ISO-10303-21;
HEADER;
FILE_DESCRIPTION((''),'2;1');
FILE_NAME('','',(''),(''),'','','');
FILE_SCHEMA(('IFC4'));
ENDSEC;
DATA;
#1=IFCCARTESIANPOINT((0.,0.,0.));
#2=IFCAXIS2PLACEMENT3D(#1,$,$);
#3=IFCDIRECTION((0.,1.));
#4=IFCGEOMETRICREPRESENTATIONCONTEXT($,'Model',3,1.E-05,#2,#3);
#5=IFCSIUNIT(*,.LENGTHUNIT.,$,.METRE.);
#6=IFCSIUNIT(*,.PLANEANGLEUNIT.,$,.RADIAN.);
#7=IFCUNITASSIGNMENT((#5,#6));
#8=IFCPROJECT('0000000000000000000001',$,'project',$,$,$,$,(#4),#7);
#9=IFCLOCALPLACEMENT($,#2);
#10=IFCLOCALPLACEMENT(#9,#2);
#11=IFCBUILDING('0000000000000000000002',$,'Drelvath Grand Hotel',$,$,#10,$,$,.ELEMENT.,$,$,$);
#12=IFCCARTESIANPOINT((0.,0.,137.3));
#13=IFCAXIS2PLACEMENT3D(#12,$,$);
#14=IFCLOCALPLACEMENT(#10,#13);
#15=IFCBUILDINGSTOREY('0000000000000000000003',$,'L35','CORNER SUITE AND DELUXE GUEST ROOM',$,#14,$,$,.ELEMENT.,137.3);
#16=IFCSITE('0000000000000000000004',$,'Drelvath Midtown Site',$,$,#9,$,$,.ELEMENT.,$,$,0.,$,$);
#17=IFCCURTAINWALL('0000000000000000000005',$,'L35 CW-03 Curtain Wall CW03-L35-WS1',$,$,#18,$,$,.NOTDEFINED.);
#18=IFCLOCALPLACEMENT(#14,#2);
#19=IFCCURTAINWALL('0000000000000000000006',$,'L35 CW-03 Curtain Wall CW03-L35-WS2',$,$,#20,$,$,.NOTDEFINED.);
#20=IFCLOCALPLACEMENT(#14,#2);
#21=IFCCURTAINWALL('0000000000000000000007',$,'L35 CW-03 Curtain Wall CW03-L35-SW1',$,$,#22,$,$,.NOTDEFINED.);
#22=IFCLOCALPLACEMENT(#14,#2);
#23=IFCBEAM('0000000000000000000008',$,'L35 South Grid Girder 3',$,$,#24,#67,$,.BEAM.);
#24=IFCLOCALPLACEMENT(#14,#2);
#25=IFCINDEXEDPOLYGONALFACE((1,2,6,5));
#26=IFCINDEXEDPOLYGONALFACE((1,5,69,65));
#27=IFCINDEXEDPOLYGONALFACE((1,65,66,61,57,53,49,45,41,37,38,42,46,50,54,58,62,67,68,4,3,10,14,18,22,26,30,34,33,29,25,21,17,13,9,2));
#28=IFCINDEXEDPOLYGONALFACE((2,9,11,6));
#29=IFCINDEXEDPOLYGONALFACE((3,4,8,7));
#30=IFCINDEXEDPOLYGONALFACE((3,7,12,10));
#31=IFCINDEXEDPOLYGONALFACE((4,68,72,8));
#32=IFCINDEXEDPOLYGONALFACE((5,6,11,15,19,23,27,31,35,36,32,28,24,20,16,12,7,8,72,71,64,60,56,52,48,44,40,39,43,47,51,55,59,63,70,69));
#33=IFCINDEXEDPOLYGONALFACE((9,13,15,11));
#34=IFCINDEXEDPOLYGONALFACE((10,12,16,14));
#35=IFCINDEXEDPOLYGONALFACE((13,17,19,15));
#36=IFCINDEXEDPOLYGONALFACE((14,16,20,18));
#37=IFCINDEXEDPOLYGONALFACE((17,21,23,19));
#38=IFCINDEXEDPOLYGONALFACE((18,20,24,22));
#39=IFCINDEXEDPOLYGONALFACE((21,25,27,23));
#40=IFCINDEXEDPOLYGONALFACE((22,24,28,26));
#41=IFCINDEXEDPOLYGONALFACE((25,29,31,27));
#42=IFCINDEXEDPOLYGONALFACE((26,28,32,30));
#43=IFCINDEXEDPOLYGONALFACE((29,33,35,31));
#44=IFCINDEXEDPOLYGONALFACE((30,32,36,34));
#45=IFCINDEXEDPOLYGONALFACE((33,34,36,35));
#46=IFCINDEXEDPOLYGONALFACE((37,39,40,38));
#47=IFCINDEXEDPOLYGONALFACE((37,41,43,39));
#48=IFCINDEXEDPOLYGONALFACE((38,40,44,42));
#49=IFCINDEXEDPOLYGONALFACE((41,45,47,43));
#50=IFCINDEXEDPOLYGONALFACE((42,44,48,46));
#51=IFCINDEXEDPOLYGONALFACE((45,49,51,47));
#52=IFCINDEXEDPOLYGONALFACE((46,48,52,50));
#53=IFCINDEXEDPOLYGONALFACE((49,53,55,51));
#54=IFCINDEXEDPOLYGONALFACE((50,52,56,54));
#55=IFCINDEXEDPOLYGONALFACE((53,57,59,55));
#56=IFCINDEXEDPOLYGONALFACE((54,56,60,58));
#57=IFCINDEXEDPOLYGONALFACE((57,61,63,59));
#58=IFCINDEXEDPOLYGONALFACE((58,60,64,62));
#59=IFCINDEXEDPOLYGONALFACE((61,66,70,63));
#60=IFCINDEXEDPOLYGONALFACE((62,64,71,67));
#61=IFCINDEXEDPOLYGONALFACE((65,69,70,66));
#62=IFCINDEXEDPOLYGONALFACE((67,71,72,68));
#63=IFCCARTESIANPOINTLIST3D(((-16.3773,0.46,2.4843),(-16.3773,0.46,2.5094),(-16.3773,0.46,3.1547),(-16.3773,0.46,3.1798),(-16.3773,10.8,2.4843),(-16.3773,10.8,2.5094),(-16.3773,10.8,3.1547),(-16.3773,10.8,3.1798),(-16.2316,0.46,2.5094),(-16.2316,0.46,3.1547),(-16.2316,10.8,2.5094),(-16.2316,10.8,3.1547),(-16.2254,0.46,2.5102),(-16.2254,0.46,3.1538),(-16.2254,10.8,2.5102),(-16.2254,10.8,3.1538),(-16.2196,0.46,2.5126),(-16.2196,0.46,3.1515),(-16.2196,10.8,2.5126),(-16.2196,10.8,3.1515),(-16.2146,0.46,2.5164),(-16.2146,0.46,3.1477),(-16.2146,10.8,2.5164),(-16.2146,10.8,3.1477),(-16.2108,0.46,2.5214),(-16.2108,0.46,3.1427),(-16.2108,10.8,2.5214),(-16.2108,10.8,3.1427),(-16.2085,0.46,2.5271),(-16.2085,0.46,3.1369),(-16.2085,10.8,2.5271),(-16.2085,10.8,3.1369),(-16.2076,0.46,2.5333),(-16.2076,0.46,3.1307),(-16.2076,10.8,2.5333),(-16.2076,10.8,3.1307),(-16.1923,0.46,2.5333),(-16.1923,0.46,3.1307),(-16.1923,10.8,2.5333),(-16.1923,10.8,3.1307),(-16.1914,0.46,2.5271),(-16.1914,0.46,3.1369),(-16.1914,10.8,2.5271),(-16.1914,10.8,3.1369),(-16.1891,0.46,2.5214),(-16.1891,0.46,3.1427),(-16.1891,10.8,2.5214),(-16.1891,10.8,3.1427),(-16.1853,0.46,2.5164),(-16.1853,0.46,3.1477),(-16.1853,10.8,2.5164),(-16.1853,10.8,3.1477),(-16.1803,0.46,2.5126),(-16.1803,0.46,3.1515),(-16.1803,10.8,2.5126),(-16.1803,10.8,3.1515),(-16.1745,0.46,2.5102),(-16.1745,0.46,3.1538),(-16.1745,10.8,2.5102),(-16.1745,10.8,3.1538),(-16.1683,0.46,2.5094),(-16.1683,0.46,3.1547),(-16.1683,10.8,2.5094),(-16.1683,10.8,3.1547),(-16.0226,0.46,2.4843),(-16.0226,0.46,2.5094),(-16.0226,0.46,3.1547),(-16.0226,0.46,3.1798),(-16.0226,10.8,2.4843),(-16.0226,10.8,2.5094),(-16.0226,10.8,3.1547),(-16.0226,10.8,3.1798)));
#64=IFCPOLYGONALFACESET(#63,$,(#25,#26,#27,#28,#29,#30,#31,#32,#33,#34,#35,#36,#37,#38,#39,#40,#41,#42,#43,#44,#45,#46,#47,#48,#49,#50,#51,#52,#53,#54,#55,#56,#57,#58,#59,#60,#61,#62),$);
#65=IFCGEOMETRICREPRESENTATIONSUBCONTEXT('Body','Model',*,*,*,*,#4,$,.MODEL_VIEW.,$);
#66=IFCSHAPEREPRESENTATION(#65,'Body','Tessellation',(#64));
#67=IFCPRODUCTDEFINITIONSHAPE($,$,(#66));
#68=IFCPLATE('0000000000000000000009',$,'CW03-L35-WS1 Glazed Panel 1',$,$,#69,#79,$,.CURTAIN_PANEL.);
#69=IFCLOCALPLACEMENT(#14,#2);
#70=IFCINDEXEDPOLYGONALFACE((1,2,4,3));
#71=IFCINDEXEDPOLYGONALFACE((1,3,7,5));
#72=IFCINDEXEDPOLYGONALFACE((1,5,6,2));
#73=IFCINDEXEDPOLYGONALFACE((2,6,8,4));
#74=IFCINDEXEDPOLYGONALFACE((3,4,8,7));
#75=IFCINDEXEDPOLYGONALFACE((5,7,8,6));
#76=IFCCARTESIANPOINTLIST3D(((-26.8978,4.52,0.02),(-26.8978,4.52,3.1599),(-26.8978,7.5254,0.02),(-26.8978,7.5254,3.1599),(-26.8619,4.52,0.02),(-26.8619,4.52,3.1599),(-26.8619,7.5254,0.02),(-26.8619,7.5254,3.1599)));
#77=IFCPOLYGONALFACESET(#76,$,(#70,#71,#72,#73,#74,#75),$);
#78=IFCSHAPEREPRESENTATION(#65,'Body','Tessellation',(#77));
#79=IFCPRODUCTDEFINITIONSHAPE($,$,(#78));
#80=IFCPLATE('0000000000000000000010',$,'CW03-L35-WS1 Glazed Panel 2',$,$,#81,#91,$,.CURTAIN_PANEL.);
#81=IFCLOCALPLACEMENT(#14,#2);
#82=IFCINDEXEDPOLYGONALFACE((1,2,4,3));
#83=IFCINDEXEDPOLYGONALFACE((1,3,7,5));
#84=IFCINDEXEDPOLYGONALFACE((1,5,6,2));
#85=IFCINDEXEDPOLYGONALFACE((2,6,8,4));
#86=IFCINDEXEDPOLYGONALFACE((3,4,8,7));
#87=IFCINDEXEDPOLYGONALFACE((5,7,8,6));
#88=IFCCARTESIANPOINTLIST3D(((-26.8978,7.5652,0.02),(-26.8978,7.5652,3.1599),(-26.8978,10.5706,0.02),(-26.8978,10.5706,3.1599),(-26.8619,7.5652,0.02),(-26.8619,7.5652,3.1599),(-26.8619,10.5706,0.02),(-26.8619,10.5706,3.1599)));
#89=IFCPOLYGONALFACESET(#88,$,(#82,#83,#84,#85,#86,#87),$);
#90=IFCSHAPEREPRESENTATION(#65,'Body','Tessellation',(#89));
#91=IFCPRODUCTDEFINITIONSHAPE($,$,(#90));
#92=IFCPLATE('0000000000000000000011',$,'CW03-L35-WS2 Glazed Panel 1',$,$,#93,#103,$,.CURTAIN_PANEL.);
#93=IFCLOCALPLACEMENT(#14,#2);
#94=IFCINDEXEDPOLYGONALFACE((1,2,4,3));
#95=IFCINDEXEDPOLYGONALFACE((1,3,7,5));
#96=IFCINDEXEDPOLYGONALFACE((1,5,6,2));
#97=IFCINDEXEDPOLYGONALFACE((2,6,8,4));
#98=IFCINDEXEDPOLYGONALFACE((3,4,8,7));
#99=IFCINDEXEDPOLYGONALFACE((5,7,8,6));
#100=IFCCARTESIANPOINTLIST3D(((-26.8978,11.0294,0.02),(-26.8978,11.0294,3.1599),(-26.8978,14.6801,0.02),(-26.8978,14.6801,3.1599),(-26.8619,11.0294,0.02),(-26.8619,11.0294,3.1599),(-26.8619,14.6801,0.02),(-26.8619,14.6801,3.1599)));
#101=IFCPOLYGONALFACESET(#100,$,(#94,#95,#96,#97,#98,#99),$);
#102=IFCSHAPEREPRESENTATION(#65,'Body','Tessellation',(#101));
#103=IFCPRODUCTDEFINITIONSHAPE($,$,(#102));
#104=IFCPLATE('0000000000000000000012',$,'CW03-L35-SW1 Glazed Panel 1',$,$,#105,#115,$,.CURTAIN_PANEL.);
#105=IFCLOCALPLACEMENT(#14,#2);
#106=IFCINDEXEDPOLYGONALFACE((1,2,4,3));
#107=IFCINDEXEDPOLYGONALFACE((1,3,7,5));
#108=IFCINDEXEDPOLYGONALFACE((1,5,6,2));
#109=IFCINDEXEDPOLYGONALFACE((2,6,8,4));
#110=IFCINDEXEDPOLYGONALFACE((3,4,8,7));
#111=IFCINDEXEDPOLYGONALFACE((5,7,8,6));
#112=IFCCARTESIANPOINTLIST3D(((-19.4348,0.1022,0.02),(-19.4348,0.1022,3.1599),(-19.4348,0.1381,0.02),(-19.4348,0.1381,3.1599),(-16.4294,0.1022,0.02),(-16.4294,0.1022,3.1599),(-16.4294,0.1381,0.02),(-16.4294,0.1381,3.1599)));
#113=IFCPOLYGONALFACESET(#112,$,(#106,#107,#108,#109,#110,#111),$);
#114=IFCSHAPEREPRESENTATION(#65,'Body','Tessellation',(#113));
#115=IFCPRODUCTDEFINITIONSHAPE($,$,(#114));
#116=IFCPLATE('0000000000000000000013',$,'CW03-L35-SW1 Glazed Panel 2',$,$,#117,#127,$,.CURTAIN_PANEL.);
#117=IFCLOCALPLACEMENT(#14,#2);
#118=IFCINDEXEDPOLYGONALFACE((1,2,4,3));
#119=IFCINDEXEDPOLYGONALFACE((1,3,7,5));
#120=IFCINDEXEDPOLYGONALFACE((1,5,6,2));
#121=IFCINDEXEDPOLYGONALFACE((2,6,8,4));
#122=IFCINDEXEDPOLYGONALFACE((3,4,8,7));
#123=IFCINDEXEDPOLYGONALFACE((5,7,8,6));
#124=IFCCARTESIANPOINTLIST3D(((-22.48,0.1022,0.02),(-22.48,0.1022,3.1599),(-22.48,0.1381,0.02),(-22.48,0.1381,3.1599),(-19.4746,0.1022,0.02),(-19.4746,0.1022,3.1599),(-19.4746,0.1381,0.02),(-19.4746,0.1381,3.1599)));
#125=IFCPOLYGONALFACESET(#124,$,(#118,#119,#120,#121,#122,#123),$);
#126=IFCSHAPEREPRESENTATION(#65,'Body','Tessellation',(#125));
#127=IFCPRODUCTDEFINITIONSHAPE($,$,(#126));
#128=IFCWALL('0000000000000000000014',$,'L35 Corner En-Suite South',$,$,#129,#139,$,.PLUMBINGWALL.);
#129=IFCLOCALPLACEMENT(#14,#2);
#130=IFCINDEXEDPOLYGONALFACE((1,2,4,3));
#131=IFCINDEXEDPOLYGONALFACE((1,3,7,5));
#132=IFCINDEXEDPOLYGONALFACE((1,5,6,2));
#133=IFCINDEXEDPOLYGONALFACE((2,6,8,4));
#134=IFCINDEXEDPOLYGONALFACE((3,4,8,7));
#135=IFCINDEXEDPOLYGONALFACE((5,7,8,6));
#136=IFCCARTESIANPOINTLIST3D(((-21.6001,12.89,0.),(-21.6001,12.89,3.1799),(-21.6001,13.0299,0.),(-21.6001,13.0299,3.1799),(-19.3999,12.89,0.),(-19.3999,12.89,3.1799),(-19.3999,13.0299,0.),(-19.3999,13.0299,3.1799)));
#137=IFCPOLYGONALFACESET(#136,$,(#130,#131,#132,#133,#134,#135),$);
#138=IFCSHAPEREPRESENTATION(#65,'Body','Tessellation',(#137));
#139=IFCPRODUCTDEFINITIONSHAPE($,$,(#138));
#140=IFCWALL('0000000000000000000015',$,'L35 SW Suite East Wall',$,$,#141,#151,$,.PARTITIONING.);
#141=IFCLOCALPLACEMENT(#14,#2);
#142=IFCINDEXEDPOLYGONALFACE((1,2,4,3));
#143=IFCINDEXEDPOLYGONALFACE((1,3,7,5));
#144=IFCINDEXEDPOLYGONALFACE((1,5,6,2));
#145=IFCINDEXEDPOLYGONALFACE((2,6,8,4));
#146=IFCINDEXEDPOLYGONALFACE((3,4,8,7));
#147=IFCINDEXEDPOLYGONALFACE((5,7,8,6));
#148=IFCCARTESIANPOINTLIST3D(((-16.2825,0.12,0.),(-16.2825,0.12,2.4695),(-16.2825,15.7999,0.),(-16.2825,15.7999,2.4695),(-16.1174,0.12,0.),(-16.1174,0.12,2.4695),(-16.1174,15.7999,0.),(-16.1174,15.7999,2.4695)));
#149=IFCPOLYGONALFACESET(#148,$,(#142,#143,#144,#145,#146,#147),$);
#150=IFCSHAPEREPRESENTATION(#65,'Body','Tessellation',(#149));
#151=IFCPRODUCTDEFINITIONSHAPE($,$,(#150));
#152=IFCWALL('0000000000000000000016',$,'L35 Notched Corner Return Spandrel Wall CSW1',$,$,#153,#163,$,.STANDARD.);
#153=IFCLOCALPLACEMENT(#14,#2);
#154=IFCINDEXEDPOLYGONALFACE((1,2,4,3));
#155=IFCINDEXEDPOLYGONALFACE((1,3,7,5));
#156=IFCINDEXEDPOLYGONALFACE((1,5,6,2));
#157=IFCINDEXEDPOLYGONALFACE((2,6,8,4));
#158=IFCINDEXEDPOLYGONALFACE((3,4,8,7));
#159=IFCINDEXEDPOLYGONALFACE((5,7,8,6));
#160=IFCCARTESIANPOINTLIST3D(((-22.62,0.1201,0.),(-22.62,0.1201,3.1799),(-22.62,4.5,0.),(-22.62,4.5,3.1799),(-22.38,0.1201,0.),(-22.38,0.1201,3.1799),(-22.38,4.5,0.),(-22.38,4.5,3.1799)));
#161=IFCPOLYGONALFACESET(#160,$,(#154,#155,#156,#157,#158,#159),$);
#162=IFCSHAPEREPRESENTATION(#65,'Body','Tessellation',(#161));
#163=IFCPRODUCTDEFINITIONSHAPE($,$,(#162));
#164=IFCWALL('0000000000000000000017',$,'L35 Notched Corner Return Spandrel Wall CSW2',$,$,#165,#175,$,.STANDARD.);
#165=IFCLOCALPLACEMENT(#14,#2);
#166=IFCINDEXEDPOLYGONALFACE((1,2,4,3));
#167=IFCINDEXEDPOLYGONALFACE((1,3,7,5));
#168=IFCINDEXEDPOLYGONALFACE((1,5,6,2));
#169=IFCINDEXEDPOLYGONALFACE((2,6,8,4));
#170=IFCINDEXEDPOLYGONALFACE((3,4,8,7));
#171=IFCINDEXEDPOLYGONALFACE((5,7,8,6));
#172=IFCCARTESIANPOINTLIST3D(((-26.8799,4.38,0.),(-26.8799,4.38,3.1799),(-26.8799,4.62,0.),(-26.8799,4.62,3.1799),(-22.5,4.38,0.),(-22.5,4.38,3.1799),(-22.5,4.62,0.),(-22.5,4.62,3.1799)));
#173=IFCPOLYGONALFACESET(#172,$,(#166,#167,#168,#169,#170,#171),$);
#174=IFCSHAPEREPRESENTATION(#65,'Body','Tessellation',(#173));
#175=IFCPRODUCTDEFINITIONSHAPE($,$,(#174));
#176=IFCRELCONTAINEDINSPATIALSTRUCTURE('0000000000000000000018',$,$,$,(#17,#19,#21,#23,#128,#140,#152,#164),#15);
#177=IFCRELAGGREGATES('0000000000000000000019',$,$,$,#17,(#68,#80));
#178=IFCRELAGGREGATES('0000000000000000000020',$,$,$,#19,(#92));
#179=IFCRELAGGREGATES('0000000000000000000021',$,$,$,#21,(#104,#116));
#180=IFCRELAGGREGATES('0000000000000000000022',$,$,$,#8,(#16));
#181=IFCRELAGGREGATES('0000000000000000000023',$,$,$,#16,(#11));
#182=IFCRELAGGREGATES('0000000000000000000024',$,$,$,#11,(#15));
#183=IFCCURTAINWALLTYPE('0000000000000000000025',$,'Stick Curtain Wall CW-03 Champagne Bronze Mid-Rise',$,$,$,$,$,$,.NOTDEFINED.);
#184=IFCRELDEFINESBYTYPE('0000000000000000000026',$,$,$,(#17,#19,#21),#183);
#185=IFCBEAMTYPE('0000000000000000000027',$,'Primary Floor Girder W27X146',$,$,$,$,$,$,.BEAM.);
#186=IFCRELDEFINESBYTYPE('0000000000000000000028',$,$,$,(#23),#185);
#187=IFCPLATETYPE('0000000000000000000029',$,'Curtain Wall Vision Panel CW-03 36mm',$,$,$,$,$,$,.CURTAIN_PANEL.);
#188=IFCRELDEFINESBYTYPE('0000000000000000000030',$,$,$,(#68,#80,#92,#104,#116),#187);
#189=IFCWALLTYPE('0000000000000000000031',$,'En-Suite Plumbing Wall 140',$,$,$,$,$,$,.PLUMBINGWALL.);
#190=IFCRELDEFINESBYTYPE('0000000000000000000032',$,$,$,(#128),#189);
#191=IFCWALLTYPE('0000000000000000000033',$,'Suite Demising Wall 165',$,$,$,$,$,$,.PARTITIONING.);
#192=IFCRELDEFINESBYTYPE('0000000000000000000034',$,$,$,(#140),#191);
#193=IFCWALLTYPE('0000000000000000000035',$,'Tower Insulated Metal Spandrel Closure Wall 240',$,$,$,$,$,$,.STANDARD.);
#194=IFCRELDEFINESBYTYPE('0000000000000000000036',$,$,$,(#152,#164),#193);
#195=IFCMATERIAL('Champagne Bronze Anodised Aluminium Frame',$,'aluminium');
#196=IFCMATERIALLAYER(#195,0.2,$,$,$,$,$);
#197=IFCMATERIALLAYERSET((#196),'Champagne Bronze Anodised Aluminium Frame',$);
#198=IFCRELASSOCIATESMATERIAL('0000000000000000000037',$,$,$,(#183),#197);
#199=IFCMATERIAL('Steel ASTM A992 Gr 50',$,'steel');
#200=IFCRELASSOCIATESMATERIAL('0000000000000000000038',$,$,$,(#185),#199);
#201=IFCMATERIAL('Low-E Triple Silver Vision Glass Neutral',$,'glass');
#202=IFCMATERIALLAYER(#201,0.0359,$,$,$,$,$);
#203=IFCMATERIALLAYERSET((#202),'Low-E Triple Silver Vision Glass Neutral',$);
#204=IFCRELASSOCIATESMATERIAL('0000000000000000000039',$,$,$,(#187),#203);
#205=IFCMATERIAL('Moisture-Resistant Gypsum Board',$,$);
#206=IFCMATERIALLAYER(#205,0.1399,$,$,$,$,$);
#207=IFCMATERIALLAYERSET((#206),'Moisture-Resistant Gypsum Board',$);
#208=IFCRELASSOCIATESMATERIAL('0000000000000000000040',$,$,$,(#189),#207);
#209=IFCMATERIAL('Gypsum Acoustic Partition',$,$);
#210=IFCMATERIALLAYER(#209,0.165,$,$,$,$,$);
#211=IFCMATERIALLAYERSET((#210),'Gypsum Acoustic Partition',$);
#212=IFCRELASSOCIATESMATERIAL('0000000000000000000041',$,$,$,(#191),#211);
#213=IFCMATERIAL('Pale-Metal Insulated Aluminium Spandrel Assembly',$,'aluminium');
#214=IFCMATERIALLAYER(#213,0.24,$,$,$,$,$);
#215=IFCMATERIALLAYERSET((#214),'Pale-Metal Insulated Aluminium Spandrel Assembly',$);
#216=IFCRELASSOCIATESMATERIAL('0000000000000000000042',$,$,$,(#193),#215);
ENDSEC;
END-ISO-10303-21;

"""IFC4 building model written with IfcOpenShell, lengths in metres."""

from ifc_helpers import new_model, si_unit, direction, frame, frame_2d, origin, origin_2d, place, context, subcontext, project, spatial, rectangle, i_section, extrude, material, layer, layer_set, material_profile, profile_set, type_object, element, aggregate, save


model = new_model("IFC4")

# Units and contexts
model_context = context("Model", 3, precision=1e-05, world=origin(), true_north=direction((0.0, 1.0)))
body_context = subcontext(model_context, "Body", "Model", "MODEL_VIEW")
ifc_project = project(units=[si_unit("LENGTHUNIT", "METRE"), si_unit("PLANEANGLEUNIT", "RADIAN")], contexts=[model_context])

# Site, building, storey
site_placement = place(None, origin())
site = spatial("IfcSite", under=ifc_project, at=site_placement, Name="Drelvath Midtown Site", CompositionType="ELEMENT", RefElevation=0.0)
building_placement = place(site_placement, origin())
building = spatial("IfcBuilding", under=site, at=building_placement, Name="Drelvath Grand Hotel", CompositionType="ELEMENT")
storey_placement = place(building_placement, frame((0.0, 0.0, 137.3)))
storey = spatial("IfcBuildingStorey", under=building, at=storey_placement, Name="L35", Description="CORNER SUITE AND DELUXE GUEST ROOM", CompositionType="ELEMENT", Elevation=137.3)

# Curtain walls
ifc_material_1 = material(Name="Champagne Bronze Anodised Aluminium Frame", Category="aluminium")
ifc_layer_1 = layer(ifc_material_1, 0.2)
ifc_layer_set_1 = layer_set([ifc_layer_1], Name="Champagne Bronze Anodised Aluminium Frame")
curtain_wall_type = type_object("IfcCurtainWallType", Name="Stick Curtain Wall CW-03 Champagne Bronze Mid-Rise", PredefinedType="NOTDEFINED", material=ifc_layer_set_1)
curtain_wall_1_placement = place(storey_placement, origin())
curtain_wall_1 = element("IfcCurtainWall", 1, at=curtain_wall_1_placement, inside=storey, type_object=curtain_wall_type, Name="L35 CW-03 Curtain Wall CW03-L35-WS1", PredefinedType="NOTDEFINED")
curtain_wall_2_placement = place(storey_placement, origin())
curtain_wall_2 = element("IfcCurtainWall", 2, at=curtain_wall_2_placement, inside=storey, type_object=curtain_wall_type, Name="L35 CW-03 Curtain Wall CW03-L35-WS2", PredefinedType="NOTDEFINED")
curtain_wall_3_placement = place(storey_placement, origin())
curtain_wall_3 = element("IfcCurtainWall", 3, at=curtain_wall_3_placement, inside=storey, type_object=curtain_wall_type, Name="L35 CW-03 Curtain Wall CW03-L35-SW1", PredefinedType="NOTDEFINED")

# Beam
ifc_material_2 = material(Name="Steel ASTM A992 Gr 50", Category="steel")
ifc_material_profile_1 = material_profile(ifc_material_2, i_section(OverallWidth=0.3547, OverallDepth=0.6956, WebThickness=0.0154, FlangeThickness=0.0251, FilletRadius=0.0239, at=origin_2d()), Name="W27X146")
ifc_profile_set_1 = profile_set([ifc_material_profile_1], Name="Steel ASTM A992 Gr 50")
beam_type_1 = type_object("IfcBeamType", Name="Primary Floor Girder W27X146", PredefinedType="BEAM", material=ifc_profile_set_1)
for number, where, z_axis, x_axis, name in (
    (4, (-16.2, 0.46, 2.832), (0.0, 1.0, 0.0), (-1.0, 0.0, 0.0), "L35 South Grid Girder 3"),
):
    element("IfcBeam", number, at=place(storey_placement, frame(where, z_axis=z_axis, x_axis=x_axis)), inside=storey, type_object=beam_type_1, Name=name, PredefinedType="BEAM", context=body_context, shape_type="SweptSolid", body=[
        extrude(i_section(OverallWidth=0.3547, OverallDepth=0.6956, WebThickness=0.0154, FlangeThickness=0.0251, FilletRadius=0.0239, at=origin_2d()), origin(), (0.0, 0.0, 1.0), 10.3401),
    ])

# Plates
ifc_material_3 = material(Name="Low-E Triple Silver Vision Glass Neutral", Category="glass")
ifc_layer_2 = layer(ifc_material_3, 0.0359)
ifc_layer_set_2 = layer_set([ifc_layer_2], Name="Low-E Triple Silver Vision Glass Neutral")
plate_type = type_object("IfcPlateType", Name="Curtain Wall Vision Panel CW-03 36mm", PredefinedType="CURTAIN_PANEL", material=ifc_layer_set_2)
plate_1_placement = place(storey_placement, frame((-26.8799, 6.0227, 0.02), z_axis=(0.0, 0.0, 1.0), x_axis=(0.0, 1.0, 0.0)))
plate_1 = element("IfcPlate", 5, at=plate_1_placement, type_object=plate_type, Name="CW03-L35-WS1 Glazed Panel 1", PredefinedType="CURTAIN_PANEL", context=body_context, shape_type="SweptSolid", body=[
    extrude(rectangle(XDim=3.0054, YDim=0.0359, at=origin_2d()), origin(), (0.0, 0.0, 1.0), 3.1399),
])
plate_2_placement = place(storey_placement, frame((-26.8799, 9.0679, 0.02), z_axis=(0.0, 0.0, 1.0), x_axis=(0.0, 1.0, 0.0)))
plate_2 = element("IfcPlate", 6, at=plate_2_placement, type_object=plate_type, Name="CW03-L35-WS1 Glazed Panel 2", PredefinedType="CURTAIN_PANEL", context=body_context, shape_type="SweptSolid", body=[
    extrude(rectangle(XDim=3.0054, YDim=0.0359, at=origin_2d()), origin(), (0.0, 0.0, 1.0), 3.1399),
])
aggregate(curtain_wall_1, [plate_1, plate_2])
plate_3_placement = place(storey_placement, frame((-26.8799, 12.8547, 0.02), z_axis=(0.0, 0.0, 1.0), x_axis=(0.0, 1.0, 0.0)))
plate_3 = element("IfcPlate", 7, at=plate_3_placement, type_object=plate_type, Name="CW03-L35-WS2 Glazed Panel 1", PredefinedType="CURTAIN_PANEL", context=body_context, shape_type="SweptSolid", body=[
    extrude(rectangle(XDim=3.6506, YDim=0.0359, at=origin_2d()), origin(), (0.0, 0.0, 1.0), 3.1399),
])
aggregate(curtain_wall_2, [plate_3])
plate_4_placement = place(storey_placement, frame((-17.9321, 0.1201, 0.02), z_axis=(0.0, 0.0, 1.0), x_axis=(-1.0, 0.0, 0.0)))
plate_4 = element("IfcPlate", 8, at=plate_4_placement, type_object=plate_type, Name="CW03-L35-SW1 Glazed Panel 1", PredefinedType="CURTAIN_PANEL", context=body_context, shape_type="SweptSolid", body=[
    extrude(rectangle(XDim=3.0054, YDim=0.0359, at=origin_2d()), origin(), (0.0, 0.0, 1.0), 3.1399),
])
plate_5_placement = place(storey_placement, frame((-20.9773, 0.1201, 0.02), z_axis=(0.0, 0.0, 1.0), x_axis=(-1.0, 0.0, 0.0)))
plate_5 = element("IfcPlate", 9, at=plate_5_placement, type_object=plate_type, Name="CW03-L35-SW1 Glazed Panel 2", PredefinedType="CURTAIN_PANEL", context=body_context, shape_type="SweptSolid", body=[
    extrude(rectangle(XDim=3.0054, YDim=0.0359, at=origin_2d()), origin(), (0.0, 0.0, 1.0), 3.1399),
])
aggregate(curtain_wall_3, [plate_4, plate_5])

# Walls
ifc_material_4 = material(Name="Moisture-Resistant Gypsum Board")
ifc_layer_3 = layer(ifc_material_4, 0.1399)
ifc_layer_set_3 = layer_set([ifc_layer_3], Name="Moisture-Resistant Gypsum Board")
wall_type_1 = type_object("IfcWallType", Name="En-Suite Plumbing Wall 140", PredefinedType="PLUMBINGWALL", material=ifc_layer_set_3)
wall_1_placement = place(storey_placement, frame((-21.6001, 12.96, 0.0), z_axis=(0.0, 0.0, 1.0), x_axis=(1.0, 0.0, 0.0)))
element("IfcWall", 10, at=wall_1_placement, inside=storey, type_object=wall_type_1, Name="L35 Corner En-Suite South", PredefinedType="PLUMBINGWALL", context=body_context, shape_type="SweptSolid", body=[
    extrude(rectangle(XDim=2.2002, YDim=0.1399, at=frame_2d((1.1001, 0.0))), origin(), (0.0, 0.0, 1.0), 3.1799),
])
ifc_material_5 = material(Name="Gypsum Acoustic Partition")
ifc_layer_4 = layer(ifc_material_5, 0.165)
ifc_layer_set_4 = layer_set([ifc_layer_4], Name="Gypsum Acoustic Partition")
wall_type_2 = type_object("IfcWallType", Name="Suite Demising Wall 165", PredefinedType="PARTITIONING", material=ifc_layer_set_4)
wall_2_placement = place(storey_placement, frame((-16.2, 0.1201, 0.0), z_axis=(0.0, 0.0, 1.0), x_axis=(0.0, 1.0, 0.0)))
element("IfcWall", 11, at=wall_2_placement, inside=storey, type_object=wall_type_2, Name="L35 SW Suite East Wall", PredefinedType="PARTITIONING", context=body_context, shape_type="SweptSolid", body=[
    extrude(rectangle(XDim=15.6799, YDim=0.165, at=frame_2d((7.8398, 0.0))), origin(), (0.0, 0.0, 1.0), 2.4695),
])
ifc_material_6 = material(Name="Pale-Metal Insulated Aluminium Spandrel Assembly", Category="aluminium")
ifc_layer_5 = layer(ifc_material_6, 0.24)
ifc_layer_set_5 = layer_set([ifc_layer_5], Name="Pale-Metal Insulated Aluminium Spandrel Assembly")
wall_type_3 = type_object("IfcWallType", Name="Tower Insulated Metal Spandrel Closure Wall 240", PredefinedType="STANDARD", material=ifc_layer_set_5)
for number, where, z_axis, x_axis, name in (
    (12, (-22.5, 0.1201, 0.0), (0.0, 0.0, 1.0), (0.0, 1.0, 0.0), "L35 Notched Corner Return Spandrel Wall CSW1"),
    (13, (-22.5, 4.5, 0.0), (0.0, 0.0, 1.0), (-1.0, 0.0, 0.0), "L35 Notched Corner Return Spandrel Wall CSW2"),
):
    element("IfcWall", number, at=place(storey_placement, frame(where, z_axis=z_axis, x_axis=x_axis)), inside=storey, type_object=wall_type_3, Name=name, PredefinedType="STANDARD", context=body_context, shape_type="SweptSolid", body=[
        extrude(rectangle(XDim=4.3799, YDim=0.24, at=frame_2d((2.1899, 0.0))), origin(), (0.0, 0.0, 1.0), 3.1799),
    ])

save(model, "model.ifc")
